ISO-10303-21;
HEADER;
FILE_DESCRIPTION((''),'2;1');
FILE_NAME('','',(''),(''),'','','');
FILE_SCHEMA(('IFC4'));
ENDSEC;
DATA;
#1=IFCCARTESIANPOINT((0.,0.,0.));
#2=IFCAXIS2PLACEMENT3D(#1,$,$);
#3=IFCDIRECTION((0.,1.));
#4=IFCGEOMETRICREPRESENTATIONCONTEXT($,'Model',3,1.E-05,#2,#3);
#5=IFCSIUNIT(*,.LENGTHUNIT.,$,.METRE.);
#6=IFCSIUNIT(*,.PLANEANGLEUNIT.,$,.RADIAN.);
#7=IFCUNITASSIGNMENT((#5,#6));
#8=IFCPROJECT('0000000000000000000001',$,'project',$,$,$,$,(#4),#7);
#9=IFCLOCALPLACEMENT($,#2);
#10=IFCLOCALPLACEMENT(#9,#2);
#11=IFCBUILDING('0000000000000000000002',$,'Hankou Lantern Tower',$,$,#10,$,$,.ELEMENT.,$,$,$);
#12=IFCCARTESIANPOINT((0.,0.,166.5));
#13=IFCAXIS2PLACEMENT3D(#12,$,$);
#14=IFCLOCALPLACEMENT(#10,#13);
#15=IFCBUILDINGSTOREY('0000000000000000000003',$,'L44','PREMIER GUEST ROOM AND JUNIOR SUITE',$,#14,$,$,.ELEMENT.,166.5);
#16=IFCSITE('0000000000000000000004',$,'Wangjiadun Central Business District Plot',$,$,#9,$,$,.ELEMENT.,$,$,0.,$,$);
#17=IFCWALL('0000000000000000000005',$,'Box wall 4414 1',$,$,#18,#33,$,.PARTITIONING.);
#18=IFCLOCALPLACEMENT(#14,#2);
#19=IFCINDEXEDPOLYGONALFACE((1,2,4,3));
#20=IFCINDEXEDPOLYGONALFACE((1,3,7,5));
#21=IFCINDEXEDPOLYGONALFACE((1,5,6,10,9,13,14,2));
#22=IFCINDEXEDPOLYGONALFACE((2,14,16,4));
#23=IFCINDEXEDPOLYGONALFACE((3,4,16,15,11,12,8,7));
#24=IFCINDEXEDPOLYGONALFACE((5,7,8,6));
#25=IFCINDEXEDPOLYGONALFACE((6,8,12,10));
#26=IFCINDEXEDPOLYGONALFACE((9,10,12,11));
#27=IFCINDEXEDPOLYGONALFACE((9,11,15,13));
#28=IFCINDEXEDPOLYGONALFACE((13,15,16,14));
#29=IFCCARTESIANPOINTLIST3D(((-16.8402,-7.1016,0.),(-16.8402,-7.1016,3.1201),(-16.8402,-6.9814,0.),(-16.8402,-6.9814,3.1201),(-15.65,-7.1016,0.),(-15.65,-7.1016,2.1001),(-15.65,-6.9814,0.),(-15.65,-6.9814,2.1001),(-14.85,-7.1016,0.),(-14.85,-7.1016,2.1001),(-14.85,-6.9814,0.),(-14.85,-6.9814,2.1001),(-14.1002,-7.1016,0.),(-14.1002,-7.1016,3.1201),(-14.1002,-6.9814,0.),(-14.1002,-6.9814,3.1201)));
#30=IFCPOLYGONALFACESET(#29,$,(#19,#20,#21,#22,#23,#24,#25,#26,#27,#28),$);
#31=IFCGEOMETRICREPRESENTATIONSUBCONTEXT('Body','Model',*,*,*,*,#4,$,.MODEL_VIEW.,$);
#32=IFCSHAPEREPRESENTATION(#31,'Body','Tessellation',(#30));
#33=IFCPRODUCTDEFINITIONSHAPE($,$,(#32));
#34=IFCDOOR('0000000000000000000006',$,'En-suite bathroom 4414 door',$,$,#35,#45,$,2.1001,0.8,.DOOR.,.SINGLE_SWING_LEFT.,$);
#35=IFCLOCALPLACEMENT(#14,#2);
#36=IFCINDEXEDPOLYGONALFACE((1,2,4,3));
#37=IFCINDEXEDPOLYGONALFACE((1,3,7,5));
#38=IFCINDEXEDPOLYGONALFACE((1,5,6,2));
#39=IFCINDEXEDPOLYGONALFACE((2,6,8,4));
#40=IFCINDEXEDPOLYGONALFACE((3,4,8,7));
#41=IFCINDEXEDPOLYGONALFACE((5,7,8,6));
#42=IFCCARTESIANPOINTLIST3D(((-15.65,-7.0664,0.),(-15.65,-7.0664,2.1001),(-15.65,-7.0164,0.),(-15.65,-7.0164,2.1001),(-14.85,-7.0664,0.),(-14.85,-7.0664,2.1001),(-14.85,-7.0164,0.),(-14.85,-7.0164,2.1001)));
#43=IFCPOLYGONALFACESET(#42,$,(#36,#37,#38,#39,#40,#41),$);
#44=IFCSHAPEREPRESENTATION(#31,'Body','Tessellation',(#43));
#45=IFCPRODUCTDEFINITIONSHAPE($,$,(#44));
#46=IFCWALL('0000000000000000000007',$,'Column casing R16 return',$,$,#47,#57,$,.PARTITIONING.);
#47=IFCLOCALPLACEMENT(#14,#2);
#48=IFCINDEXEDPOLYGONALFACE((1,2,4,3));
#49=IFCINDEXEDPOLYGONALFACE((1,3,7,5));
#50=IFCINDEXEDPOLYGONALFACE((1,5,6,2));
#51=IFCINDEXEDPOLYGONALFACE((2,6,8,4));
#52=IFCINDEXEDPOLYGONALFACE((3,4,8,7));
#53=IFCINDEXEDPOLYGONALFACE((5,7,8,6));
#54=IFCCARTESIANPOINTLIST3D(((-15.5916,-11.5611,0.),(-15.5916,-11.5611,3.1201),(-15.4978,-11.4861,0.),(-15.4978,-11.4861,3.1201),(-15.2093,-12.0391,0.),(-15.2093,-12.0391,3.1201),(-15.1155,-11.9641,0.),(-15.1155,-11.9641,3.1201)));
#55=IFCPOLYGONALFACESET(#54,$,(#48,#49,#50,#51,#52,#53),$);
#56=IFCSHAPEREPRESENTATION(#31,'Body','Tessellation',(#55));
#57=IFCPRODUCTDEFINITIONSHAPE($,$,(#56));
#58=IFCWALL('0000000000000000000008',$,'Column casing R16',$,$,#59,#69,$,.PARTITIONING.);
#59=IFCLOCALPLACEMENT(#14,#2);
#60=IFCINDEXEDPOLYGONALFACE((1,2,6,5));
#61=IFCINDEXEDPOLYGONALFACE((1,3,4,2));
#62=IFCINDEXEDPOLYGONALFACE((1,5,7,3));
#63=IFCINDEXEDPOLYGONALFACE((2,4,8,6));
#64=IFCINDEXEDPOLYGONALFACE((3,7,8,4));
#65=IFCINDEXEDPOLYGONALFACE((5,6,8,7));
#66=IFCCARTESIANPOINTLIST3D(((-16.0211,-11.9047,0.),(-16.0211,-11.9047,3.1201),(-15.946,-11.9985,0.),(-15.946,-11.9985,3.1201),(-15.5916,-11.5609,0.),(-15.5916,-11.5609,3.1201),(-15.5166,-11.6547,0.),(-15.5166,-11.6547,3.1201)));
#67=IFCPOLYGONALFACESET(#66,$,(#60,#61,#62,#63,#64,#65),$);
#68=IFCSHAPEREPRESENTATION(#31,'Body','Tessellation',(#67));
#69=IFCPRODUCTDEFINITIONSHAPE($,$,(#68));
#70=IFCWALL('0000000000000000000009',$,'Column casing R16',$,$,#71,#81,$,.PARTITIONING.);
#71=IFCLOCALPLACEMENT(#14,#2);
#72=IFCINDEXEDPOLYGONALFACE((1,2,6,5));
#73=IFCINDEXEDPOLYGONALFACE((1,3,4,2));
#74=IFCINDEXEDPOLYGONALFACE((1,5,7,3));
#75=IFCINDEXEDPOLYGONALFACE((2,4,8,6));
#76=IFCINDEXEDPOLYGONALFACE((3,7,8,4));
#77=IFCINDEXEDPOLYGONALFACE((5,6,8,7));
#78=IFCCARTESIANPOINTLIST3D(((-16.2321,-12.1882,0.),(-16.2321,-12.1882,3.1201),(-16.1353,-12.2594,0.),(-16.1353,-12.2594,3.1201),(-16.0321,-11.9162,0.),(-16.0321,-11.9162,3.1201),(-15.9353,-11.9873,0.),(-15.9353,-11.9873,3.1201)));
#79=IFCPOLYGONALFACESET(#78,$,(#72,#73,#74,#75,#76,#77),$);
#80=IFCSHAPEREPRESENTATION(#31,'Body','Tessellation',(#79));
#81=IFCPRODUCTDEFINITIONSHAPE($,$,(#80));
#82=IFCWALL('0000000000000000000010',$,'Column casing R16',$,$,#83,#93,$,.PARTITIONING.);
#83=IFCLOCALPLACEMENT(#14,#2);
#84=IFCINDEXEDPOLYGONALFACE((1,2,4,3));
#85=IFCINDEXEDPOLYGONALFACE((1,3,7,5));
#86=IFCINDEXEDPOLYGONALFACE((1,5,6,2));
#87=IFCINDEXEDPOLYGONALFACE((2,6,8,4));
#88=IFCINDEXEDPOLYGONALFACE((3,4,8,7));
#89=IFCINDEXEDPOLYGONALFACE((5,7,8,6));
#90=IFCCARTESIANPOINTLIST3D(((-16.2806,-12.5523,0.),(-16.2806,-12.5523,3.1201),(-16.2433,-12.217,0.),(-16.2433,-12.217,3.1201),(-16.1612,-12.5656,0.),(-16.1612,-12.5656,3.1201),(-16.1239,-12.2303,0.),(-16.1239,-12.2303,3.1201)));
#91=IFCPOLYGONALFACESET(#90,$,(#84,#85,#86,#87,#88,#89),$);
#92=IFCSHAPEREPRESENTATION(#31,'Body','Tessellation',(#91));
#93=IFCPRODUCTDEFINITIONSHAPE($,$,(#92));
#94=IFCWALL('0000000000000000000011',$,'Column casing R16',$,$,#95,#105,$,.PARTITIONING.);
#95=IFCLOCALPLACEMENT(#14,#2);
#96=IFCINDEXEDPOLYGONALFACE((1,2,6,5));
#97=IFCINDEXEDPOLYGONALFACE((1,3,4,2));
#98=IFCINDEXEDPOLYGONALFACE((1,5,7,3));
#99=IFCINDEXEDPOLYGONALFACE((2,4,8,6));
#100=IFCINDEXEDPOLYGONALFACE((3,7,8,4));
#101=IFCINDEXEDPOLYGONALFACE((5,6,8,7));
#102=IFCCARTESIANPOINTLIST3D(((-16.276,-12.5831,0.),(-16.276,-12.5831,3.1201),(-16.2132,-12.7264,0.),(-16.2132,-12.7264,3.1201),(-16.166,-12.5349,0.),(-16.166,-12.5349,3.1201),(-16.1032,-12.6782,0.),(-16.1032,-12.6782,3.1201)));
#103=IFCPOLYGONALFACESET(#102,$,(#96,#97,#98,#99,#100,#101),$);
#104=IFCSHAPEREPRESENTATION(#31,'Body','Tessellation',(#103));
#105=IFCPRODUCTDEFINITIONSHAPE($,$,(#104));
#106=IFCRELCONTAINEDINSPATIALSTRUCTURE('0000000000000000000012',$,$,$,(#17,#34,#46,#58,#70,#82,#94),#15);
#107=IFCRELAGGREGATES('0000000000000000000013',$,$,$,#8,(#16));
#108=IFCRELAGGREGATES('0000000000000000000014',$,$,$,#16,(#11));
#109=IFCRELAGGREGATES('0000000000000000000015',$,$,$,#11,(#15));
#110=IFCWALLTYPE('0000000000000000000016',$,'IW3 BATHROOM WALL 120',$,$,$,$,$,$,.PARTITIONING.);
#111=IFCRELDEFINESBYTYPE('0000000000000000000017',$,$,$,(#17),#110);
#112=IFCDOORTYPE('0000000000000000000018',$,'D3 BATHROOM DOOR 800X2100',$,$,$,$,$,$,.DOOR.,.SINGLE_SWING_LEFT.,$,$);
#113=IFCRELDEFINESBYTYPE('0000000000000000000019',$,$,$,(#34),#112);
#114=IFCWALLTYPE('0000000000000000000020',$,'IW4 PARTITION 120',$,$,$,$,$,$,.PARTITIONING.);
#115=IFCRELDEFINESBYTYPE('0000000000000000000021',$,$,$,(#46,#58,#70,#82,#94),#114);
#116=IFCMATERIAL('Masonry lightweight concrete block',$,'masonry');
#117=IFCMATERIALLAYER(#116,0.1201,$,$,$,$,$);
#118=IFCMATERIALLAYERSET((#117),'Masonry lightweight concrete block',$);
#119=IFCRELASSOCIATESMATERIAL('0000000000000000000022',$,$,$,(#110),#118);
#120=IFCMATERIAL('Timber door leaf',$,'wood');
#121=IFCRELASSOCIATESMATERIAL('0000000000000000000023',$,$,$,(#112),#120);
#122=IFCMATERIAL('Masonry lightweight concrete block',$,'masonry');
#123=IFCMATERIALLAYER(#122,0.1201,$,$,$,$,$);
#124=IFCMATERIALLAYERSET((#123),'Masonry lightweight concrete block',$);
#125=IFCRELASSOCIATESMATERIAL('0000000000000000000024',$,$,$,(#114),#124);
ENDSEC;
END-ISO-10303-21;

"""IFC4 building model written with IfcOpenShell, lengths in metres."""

from ifc_helpers import new_model, si_unit, direction, frame, frame_2d, origin, place, context, subcontext, project, spatial, rectangle, extrude, material, layer, layer_set, type_object, element, fill, save


model = new_model("IFC4")

# Units and contexts
model_context = context("Model", 3, precision=1e-05, world=origin(), true_north=direction((0.0, 1.0)))
body_context = subcontext(model_context, "Body", "Model", "MODEL_VIEW")
ifc_project = project(units=[si_unit("LENGTHUNIT", "METRE"), si_unit("PLANEANGLEUNIT", "RADIAN")], contexts=[model_context])

# Site, building, storey
site_placement = place(None, origin())
site = spatial("IfcSite", under=ifc_project, at=site_placement, Name="Wangjiadun Central Business District Plot", CompositionType="ELEMENT", RefElevation=0.0)
building_placement = place(site_placement, origin())
building = spatial("IfcBuilding", under=site, at=building_placement, Name="Hankou Lantern Tower", CompositionType="ELEMENT")
storey_placement = place(building_placement, frame((0.0, 0.0, 166.5)))
storey = spatial("IfcBuildingStorey", under=building, at=storey_placement, Name="L44", Description="PREMIER GUEST ROOM AND JUNIOR SUITE", CompositionType="ELEMENT", Elevation=166.5)

# Shared definitions
ifc_material_1 = material(Name="Masonry lightweight concrete block", Category="masonry")
ifc_layer_1 = layer(ifc_material_1, 0.1201)
ifc_layer_set_1 = layer_set([ifc_layer_1], Name="Masonry lightweight concrete block")
wall_type_1 = type_object("IfcWallType", Name="IW3 BATHROOM WALL 120", PredefinedType="PARTITIONING", material=ifc_layer_set_1)

# Wall, opening, door
ifc_material_2 = material(Name="Timber door leaf", Category="wood")
door_type = type_object("IfcDoorType", Name="D3 BATHROOM DOOR 800X2100", OperationType="SINGLE_SWING_LEFT", PredefinedType="DOOR", material=ifc_material_2)
wall_1_placement = place(storey_placement, frame((-14.1001, -7.0415, 0.0), z_axis=(0.0, 0.0, 1.0), x_axis=(-1.0, 0.0, 0.0)))
wall_1 = element("IfcWall", 1, at=wall_1_placement, inside=storey, type_object=wall_type_1, Name="Box wall 4414 1", PredefinedType="PARTITIONING", context=body_context, shape_type="SweptSolid", body=[
    extrude(rectangle(XDim=2.74, YDim=0.1201, at=frame_2d((1.3701, 0.0))), origin(), (0.0, 0.0, 1.0), 3.1201),
])
opening_1_placement = place(wall_1_placement, frame((0.75, 0.0, 0.0)))
opening_1 = element("IfcOpeningElement", 2, at=opening_1_placement, cuts=wall_1, PredefinedType="OPENING", context=body_context, shape_type="SweptSolid", body=[
    extrude(rectangle(XDim=0.8, YDim=2.1001, at=frame_2d((0.3999, 1.05))), frame((0.0, 0.0701, 0.0), z_axis=(0.0, -1.0, 0.0), x_axis=(1.0, 0.0, 0.0)), (0.0, 0.0, 1.0), 0.1401),
])
door_1_placement = place(opening_1_placement, origin())
door_1 = element("IfcDoor", 3, at=door_1_placement, inside=storey, type_object=door_type, Name="En-suite bathroom 4414 door", OperationType="SINGLE_SWING_LEFT", OverallHeight=2.1001, OverallWidth=0.8, PredefinedType="DOOR", context=body_context, shape_type="SweptSolid", body=[
    extrude(rectangle(XDim=0.8, YDim=2.1001, at=frame_2d((0.3999, 1.05))), frame((0.0, 0.0249, 0.0), z_axis=(0.0, -1.0, 0.0), x_axis=(1.0, 0.0, 0.0)), (0.0, 0.0, 1.0), 0.05),
])
fill(opening_1, door_1)

# Walls
ifc_material_3 = material(Name="Masonry lightweight concrete block", Category="masonry")
ifc_layer_2 = layer(ifc_material_3, 0.1201)
ifc_layer_set_2 = layer_set([ifc_layer_2], Name="Masonry lightweight concrete block")
wall_type_2 = type_object("IfcWallType", Name="IW4 PARTITION 120", PredefinedType="PARTITIONING", material=ifc_layer_set_2)
wall_2_placement = place(storey_placement, frame((-15.1624, -12.0017, 0.0), z_axis=(0.0, 0.0, 1.0), x_axis=(-0.624598, 0.780947, 0.0)))
element("IfcWall", 4, at=wall_2_placement, inside=storey, type_object=wall_type_2, Name="Column casing R16 return", PredefinedType="PARTITIONING", context=body_context, shape_type="SweptSolid", body=[
    extrude(rectangle(XDim=0.6121, YDim=0.1201, at=frame_2d((0.3062, 0.0))), origin(), (0.0, 0.0, 1.0), 3.1201),
])
wall_3_placement = place(storey_placement, frame((-15.5542, -11.6079, 0.0), z_axis=(0.0, 0.0, 1.0), x_axis=(-0.780696, -0.624912, 0.0)))
element("IfcWall", 5, at=wall_3_placement, inside=storey, type_object=wall_type_2, Name="Column casing R16", PredefinedType="PARTITIONING", context=body_context, shape_type="SweptSolid", body=[
    extrude(rectangle(XDim=0.55, YDim=0.1201, at=frame_2d((0.2749, 0.0))), origin(), (0.0, 0.0, 1.0), 3.1201),
])
wall_4_placement = place(storey_placement, frame((-15.9836, -11.9517, 0.0), z_axis=(0.0, 0.0, 1.0), x_axis=(-0.592335, -0.805692, 0.0)))
element("IfcWall", 6, at=wall_4_placement, inside=storey, type_object=wall_type_2, Name="Column casing R16", PredefinedType="PARTITIONING", context=body_context, shape_type="SweptSolid", body=[
    extrude(rectangle(XDim=0.3376, YDim=0.1201, at=frame_2d((0.1689, 0.0))), origin(), (0.0, 0.0, 1.0), 3.1201),
])
wall_5_placement = place(storey_placement, frame((-16.1836, -12.2236, 0.0), z_axis=(0.0, 0.0, 1.0), x_axis=(-0.11067, -0.993857, 0.0)))
element("IfcWall", 7, at=wall_5_placement, inside=storey, type_object=wall_type_2, Name="Column casing R16", PredefinedType="PARTITIONING", context=body_context, shape_type="SweptSolid", body=[
    extrude(rectangle(XDim=0.3374, YDim=0.1201, at=frame_2d((0.1687, 0.0))), origin(), (0.0, 0.0, 1.0), 3.1201),
])
wall_6_placement = place(storey_placement, frame((-16.2209, -12.5591, 0.0), z_axis=(0.0, 0.0, 1.0), x_axis=(0.401064, -0.91605, 0.0)))
element("IfcWall", 8, at=wall_6_placement, inside=storey, type_object=wall_type_2, Name="Column casing R16", PredefinedType="PARTITIONING", context=body_context, shape_type="SweptSolid", body=[
    extrude(rectangle(XDim=0.1565, YDim=0.1201, at=frame_2d((0.0781, 0.0))), origin(), (0.0, 0.0, 1.0), 3.1201),
])

save(model, "model.ifc")
